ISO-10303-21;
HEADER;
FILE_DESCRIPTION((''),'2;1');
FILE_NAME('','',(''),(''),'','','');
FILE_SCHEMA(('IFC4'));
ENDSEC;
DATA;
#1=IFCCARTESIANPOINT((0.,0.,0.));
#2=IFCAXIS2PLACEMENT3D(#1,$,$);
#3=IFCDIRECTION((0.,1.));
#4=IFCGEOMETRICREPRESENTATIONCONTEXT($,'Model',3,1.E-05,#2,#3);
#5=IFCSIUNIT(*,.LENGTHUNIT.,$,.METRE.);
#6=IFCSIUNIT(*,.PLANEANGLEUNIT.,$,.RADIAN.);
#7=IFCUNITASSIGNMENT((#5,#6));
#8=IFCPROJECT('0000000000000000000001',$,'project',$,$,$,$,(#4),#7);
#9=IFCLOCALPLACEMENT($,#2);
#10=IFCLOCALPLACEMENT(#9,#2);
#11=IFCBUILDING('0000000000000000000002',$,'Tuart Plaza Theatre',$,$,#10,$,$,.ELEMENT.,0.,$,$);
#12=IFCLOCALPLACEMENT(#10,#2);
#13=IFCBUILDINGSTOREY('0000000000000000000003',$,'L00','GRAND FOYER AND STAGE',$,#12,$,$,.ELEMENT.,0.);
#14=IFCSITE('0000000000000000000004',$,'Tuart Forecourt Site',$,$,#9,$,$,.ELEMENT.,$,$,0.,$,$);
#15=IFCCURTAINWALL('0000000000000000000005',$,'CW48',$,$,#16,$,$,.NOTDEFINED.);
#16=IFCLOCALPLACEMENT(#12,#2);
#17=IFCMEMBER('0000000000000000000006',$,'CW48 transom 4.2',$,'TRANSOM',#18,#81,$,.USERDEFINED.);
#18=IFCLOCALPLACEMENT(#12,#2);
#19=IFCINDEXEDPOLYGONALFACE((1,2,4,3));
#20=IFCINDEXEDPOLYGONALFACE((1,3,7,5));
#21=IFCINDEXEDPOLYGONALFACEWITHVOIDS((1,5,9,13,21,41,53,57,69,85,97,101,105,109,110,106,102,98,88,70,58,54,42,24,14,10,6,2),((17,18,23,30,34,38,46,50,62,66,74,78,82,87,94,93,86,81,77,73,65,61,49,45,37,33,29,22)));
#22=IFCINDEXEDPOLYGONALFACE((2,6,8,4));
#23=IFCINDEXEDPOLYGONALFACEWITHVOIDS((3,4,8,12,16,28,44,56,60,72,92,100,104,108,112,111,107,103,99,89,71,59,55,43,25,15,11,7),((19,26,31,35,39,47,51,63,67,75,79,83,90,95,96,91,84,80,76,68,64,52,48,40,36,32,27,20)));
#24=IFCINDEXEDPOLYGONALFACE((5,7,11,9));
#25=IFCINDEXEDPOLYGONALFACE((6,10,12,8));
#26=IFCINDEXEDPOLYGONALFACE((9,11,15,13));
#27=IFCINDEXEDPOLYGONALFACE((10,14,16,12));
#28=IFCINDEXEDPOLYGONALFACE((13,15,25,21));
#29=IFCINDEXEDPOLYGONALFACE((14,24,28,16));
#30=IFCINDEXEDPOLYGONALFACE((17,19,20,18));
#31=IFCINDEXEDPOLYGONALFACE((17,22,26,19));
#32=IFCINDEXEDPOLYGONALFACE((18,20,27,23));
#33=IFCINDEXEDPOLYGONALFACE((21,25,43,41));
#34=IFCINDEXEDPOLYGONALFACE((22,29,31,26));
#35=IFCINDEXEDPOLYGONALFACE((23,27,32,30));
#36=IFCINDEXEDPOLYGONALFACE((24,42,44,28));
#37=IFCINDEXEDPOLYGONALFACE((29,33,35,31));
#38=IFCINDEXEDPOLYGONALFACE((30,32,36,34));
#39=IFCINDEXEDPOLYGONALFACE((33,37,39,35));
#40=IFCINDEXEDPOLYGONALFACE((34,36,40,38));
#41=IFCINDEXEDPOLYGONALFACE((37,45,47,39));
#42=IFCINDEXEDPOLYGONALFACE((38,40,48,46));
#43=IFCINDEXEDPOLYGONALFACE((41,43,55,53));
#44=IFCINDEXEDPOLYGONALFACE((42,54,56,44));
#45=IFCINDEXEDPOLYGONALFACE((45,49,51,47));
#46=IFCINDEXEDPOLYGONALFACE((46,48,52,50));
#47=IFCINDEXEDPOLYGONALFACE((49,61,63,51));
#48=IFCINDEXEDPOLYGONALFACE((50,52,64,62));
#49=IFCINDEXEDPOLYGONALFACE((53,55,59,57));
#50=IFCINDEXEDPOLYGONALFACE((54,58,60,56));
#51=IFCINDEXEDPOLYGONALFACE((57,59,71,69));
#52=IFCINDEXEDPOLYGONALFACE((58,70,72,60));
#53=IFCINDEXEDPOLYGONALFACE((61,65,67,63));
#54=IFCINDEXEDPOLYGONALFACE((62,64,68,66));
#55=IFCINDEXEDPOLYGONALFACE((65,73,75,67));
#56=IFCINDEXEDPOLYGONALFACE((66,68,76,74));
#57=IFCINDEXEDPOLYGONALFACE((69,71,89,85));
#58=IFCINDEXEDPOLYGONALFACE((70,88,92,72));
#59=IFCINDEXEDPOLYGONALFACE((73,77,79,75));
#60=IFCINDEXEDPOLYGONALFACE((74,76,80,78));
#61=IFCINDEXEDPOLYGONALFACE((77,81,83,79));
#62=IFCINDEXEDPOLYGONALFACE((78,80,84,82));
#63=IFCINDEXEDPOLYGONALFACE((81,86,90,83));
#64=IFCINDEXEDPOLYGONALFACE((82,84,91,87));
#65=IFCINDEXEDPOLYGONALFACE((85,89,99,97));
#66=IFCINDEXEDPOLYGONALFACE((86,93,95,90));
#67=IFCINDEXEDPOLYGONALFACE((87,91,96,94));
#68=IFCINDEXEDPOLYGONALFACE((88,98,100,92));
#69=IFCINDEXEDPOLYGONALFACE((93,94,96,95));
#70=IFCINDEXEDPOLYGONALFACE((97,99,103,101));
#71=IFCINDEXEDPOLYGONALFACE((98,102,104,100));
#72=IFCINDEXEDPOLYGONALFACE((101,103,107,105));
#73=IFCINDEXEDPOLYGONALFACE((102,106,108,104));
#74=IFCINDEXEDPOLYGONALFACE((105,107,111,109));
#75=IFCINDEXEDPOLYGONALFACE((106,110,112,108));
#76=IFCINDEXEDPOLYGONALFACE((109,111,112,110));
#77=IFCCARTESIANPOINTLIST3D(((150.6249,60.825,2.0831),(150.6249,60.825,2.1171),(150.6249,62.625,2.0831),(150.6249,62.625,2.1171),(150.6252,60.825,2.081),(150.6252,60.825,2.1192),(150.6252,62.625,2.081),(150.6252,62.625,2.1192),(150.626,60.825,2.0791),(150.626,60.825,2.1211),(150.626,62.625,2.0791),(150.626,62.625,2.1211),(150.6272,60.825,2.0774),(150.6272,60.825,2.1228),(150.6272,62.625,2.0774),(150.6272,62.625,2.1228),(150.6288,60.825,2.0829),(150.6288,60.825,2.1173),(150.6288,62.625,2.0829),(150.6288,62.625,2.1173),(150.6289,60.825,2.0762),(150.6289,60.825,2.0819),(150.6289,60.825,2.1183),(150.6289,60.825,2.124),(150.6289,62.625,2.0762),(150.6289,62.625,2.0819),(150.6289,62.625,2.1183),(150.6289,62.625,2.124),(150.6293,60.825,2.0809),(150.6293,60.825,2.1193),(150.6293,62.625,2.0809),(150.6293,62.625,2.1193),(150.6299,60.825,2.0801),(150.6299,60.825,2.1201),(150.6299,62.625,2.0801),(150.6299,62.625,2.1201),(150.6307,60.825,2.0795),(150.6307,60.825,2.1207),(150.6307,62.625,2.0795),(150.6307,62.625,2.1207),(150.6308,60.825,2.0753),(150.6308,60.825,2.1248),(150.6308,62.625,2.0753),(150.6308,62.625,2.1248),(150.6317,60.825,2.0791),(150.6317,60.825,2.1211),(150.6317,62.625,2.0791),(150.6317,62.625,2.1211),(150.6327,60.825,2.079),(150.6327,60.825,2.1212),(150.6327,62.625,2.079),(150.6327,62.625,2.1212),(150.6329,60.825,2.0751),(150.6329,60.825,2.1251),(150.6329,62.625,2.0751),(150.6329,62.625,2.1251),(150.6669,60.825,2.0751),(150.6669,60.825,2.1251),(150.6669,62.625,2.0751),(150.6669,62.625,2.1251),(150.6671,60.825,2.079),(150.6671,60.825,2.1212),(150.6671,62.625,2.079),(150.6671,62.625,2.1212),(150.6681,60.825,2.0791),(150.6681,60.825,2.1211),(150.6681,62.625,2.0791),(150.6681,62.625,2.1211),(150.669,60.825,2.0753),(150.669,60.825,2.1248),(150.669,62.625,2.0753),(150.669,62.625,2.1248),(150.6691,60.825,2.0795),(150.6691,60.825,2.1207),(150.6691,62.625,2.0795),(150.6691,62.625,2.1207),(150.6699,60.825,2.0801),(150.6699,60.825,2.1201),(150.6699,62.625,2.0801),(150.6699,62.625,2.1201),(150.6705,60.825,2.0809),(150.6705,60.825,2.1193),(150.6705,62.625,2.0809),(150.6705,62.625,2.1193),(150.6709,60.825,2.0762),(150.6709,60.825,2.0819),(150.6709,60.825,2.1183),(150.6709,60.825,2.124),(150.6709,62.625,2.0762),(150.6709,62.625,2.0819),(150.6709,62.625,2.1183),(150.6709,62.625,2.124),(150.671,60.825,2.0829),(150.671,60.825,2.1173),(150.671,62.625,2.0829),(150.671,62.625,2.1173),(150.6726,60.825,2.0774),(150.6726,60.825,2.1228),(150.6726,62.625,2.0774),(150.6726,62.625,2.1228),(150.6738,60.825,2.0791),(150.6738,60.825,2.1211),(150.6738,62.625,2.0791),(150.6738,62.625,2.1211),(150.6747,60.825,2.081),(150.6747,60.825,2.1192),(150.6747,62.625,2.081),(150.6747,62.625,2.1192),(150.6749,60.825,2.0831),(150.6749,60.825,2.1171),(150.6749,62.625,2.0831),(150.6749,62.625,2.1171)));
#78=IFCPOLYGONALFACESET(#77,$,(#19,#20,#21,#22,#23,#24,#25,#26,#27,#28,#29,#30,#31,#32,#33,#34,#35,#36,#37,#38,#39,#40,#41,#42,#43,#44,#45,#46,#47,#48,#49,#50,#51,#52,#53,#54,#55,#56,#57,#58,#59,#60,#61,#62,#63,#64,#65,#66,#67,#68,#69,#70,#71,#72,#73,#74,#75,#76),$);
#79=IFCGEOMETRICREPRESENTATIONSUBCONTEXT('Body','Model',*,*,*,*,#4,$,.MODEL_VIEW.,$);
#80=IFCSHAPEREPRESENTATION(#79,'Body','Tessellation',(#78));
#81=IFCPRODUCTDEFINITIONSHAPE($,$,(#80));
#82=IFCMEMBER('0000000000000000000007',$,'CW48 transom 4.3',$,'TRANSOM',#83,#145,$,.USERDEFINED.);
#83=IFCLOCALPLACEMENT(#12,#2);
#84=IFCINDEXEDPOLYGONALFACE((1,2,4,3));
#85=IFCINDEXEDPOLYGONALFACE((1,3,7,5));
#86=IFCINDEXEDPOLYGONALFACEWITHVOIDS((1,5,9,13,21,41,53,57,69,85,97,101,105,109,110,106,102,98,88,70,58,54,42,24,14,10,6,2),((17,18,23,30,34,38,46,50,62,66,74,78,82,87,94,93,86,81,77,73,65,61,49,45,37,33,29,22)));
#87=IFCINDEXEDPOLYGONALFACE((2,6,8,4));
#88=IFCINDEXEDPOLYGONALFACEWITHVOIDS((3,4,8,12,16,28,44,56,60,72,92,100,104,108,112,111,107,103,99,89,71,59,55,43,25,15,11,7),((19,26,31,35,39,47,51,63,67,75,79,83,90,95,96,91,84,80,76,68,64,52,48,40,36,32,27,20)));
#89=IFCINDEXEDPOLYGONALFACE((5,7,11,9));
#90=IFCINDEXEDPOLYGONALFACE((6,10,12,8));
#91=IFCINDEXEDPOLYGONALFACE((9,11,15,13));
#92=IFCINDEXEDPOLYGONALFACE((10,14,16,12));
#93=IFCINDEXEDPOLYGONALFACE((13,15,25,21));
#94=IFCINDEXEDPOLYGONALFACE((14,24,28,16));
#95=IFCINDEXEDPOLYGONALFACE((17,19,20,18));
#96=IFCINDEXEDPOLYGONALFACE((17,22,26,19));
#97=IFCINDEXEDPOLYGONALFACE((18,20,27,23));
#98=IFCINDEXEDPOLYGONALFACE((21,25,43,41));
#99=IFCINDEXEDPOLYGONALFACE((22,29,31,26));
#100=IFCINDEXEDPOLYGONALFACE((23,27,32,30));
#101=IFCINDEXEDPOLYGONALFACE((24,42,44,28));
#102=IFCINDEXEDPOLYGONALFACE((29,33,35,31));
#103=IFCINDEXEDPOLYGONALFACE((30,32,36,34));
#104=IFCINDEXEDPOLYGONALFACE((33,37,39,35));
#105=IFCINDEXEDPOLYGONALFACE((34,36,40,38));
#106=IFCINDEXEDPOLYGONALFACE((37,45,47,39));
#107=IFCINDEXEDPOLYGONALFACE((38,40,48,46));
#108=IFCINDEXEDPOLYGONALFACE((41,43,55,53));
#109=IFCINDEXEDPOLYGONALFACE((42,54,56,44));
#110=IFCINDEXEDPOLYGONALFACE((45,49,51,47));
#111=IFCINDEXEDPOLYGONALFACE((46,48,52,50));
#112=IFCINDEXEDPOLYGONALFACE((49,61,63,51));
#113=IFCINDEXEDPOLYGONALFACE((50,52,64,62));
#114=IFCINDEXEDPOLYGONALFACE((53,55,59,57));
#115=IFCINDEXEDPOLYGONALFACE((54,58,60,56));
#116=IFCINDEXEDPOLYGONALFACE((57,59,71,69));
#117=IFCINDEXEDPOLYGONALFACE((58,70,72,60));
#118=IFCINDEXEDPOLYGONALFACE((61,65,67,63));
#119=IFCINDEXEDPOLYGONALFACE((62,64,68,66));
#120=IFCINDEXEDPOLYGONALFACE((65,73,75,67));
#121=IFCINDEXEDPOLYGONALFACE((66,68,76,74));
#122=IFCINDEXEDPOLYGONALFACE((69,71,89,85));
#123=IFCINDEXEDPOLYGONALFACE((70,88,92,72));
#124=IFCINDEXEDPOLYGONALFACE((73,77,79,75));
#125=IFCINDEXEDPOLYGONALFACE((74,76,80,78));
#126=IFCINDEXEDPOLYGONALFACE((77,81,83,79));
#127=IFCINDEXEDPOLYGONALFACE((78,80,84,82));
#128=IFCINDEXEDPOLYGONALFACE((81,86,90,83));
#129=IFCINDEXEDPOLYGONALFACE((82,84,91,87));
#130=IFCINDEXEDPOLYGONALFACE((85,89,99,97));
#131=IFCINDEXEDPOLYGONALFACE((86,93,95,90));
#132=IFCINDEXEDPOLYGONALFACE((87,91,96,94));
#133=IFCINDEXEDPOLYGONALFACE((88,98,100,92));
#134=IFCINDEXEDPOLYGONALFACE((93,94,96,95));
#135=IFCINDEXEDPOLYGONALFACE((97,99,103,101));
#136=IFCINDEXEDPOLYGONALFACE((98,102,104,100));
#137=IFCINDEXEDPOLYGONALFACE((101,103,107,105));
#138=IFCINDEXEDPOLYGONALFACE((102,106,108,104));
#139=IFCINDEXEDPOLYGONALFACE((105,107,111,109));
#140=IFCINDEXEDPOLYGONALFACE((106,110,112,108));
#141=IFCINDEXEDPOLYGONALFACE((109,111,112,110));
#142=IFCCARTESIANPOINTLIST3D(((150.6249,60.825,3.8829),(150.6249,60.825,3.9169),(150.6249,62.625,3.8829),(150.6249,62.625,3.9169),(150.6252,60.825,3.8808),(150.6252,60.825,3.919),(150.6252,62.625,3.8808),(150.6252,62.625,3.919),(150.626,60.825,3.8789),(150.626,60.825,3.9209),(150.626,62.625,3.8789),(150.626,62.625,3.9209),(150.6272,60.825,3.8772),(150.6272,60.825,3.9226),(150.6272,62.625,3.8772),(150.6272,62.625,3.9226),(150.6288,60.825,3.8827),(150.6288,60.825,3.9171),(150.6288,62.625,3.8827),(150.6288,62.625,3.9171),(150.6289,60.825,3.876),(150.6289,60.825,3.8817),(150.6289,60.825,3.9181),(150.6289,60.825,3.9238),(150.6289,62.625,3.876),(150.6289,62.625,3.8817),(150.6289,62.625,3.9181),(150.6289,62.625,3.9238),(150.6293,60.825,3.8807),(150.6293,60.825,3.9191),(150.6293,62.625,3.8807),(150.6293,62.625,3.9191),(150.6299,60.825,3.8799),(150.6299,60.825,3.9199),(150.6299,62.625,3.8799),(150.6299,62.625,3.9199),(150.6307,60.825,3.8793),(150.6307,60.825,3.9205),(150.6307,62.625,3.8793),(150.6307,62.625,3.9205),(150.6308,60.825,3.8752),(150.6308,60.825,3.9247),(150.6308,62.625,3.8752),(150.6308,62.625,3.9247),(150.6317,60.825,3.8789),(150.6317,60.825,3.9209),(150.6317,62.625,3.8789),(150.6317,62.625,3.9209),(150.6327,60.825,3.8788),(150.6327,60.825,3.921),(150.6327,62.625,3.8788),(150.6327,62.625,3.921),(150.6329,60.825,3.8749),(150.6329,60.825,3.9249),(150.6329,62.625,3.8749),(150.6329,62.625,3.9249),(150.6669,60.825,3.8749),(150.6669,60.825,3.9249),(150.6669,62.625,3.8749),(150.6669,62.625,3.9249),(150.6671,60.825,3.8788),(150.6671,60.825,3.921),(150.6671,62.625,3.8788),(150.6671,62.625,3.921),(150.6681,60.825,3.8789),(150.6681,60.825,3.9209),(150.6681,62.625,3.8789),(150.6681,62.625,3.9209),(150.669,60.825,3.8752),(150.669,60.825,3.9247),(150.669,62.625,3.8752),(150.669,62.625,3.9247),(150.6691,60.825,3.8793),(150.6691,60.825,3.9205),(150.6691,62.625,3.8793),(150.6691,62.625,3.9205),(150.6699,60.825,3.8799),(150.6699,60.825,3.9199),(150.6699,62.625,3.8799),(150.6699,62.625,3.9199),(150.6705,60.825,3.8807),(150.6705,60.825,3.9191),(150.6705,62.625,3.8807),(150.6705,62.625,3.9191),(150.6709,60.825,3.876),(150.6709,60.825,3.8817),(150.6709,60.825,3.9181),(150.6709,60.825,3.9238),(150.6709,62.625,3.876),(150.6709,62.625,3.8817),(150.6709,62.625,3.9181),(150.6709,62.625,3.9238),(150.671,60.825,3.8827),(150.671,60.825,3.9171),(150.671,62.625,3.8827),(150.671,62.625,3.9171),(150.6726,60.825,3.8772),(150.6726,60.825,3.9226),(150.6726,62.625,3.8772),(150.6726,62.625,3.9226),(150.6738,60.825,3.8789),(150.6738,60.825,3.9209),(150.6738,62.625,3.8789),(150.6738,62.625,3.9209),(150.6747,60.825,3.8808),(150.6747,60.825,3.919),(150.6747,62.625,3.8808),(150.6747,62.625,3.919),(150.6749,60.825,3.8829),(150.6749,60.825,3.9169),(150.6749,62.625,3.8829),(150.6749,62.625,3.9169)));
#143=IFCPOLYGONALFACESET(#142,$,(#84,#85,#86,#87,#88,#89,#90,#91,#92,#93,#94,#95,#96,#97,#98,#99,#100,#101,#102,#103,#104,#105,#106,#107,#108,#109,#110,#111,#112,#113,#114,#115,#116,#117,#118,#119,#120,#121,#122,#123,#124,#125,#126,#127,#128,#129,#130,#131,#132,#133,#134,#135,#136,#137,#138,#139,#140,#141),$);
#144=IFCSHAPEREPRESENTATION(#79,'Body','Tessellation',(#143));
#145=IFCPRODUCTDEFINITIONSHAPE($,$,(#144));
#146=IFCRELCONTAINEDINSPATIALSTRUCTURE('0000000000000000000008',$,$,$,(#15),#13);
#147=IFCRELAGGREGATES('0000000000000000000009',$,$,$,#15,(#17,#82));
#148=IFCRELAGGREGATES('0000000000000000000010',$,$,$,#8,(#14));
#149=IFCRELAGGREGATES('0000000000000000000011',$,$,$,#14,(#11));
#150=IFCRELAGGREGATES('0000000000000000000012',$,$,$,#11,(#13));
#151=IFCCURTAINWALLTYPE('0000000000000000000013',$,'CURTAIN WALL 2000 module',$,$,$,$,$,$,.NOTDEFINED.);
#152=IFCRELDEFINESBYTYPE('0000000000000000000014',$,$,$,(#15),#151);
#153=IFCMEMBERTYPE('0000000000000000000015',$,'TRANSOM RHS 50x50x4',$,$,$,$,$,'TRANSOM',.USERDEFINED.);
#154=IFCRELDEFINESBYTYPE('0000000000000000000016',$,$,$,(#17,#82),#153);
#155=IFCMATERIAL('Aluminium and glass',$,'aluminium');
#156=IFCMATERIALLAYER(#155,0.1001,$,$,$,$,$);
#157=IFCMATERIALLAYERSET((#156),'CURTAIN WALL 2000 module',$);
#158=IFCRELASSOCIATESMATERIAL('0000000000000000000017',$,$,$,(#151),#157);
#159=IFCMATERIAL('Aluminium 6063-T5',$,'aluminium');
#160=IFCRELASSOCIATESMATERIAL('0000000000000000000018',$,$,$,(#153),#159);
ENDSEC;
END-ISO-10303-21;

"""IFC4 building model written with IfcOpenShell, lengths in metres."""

from ifc_helpers import new_model, si_unit, direction, frame, origin, origin_2d, place, context, subcontext, project, spatial, hollow_rectangle, extrude, material, layer, layer_set, material_profile, profile_set, type_object, element, aggregate, save


model = new_model("IFC4")

# Units and contexts
model_context = context("Model", 3, precision=1e-05, world=origin(), true_north=direction((0.0, 1.0)))
body_context = subcontext(model_context, "Body", "Model", "MODEL_VIEW")
ifc_project = project(units=[si_unit("LENGTHUNIT", "METRE"), si_unit("PLANEANGLEUNIT", "RADIAN")], contexts=[model_context])

# Site, building, storey
site_placement = place(None, origin())
site = spatial("IfcSite", under=ifc_project, at=site_placement, Name="Tuart Forecourt Site", CompositionType="ELEMENT", RefElevation=0.0)
building_placement = place(site_placement, origin())
building = spatial("IfcBuilding", under=site, at=building_placement, Name="Tuart Plaza Theatre", CompositionType="ELEMENT", ElevationOfRefHeight=0.0)
storey_placement = place(building_placement, origin())
storey = spatial("IfcBuildingStorey", under=building, at=storey_placement, Name="L00", Description="GRAND FOYER AND STAGE", CompositionType="ELEMENT", Elevation=0.0)

# Curtain wall, members
ifc_material_1 = material(Name="Aluminium and glass", Category="aluminium")
ifc_layer_1 = layer(ifc_material_1, 0.1001)
ifc_layer_set_1 = layer_set([ifc_layer_1], Name="CURTAIN WALL 2000 module")
curtain_wall_type = type_object("IfcCurtainWallType", Name="CURTAIN WALL 2000 module", PredefinedType="NOTDEFINED", material=ifc_layer_set_1)
curtain_wall_1_placement = place(storey_placement, origin())
curtain_wall_1 = element("IfcCurtainWall", 1, at=curtain_wall_1_placement, inside=storey, type_object=curtain_wall_type, Name="CW48", PredefinedType="NOTDEFINED")
ifc_material_2 = material(Name="Aluminium 6063-T5", Category="aluminium")
ifc_material_profile_1 = material_profile(ifc_material_2, hollow_rectangle(XDim=0.05, YDim=0.05, WallThickness=0.0039, InnerFilletRadius=0.0039, OuterFilletRadius=0.0081, at=origin_2d()), Name="RHS 50x50x4")
ifc_profile_set_1 = profile_set([ifc_material_profile_1], Name="Aluminium 6063-T5")
member_type_1 = type_object("IfcMemberType", Name="TRANSOM RHS 50x50x4", ElementType="TRANSOM", PredefinedType="USERDEFINED", material=ifc_profile_set_1)
member_1_placement = place(storey_placement, frame((150.6499, 60.825, 2.1001), z_axis=(0.0, 1.0, 0.0), x_axis=(-1.0, 0.0, 0.0)))
member_1 = element("IfcMember", 2, at=member_1_placement, type_object=member_type_1, Name="CW48 transom 4.2", ObjectType="TRANSOM", PredefinedType="USERDEFINED", context=body_context, shape_type="SweptSolid", body=[
    extrude(hollow_rectangle(XDim=0.05, YDim=0.05, WallThickness=0.0039, InnerFilletRadius=0.0039, OuterFilletRadius=0.0081, at=origin_2d()), origin(), (0.0, 0.0, 1.0), 1.8),
])
member_2_placement = place(storey_placement, frame((150.6499, 60.825, 3.8999), z_axis=(0.0, 1.0, 0.0), x_axis=(-1.0, 0.0, 0.0)))
member_2 = element("IfcMember", 3, at=member_2_placement, type_object=member_type_1, Name="CW48 transom 4.3", ObjectType="TRANSOM", PredefinedType="USERDEFINED", context=body_context, shape_type="SweptSolid", body=[
    extrude(hollow_rectangle(XDim=0.05, YDim=0.05, WallThickness=0.0039, InnerFilletRadius=0.0039, OuterFilletRadius=0.0081, at=origin_2d()), origin(), (0.0, 0.0, 1.0), 1.8),
])

aggregate(curtain_wall_1, [member_1, member_2])

save(model, "model.ifc")
